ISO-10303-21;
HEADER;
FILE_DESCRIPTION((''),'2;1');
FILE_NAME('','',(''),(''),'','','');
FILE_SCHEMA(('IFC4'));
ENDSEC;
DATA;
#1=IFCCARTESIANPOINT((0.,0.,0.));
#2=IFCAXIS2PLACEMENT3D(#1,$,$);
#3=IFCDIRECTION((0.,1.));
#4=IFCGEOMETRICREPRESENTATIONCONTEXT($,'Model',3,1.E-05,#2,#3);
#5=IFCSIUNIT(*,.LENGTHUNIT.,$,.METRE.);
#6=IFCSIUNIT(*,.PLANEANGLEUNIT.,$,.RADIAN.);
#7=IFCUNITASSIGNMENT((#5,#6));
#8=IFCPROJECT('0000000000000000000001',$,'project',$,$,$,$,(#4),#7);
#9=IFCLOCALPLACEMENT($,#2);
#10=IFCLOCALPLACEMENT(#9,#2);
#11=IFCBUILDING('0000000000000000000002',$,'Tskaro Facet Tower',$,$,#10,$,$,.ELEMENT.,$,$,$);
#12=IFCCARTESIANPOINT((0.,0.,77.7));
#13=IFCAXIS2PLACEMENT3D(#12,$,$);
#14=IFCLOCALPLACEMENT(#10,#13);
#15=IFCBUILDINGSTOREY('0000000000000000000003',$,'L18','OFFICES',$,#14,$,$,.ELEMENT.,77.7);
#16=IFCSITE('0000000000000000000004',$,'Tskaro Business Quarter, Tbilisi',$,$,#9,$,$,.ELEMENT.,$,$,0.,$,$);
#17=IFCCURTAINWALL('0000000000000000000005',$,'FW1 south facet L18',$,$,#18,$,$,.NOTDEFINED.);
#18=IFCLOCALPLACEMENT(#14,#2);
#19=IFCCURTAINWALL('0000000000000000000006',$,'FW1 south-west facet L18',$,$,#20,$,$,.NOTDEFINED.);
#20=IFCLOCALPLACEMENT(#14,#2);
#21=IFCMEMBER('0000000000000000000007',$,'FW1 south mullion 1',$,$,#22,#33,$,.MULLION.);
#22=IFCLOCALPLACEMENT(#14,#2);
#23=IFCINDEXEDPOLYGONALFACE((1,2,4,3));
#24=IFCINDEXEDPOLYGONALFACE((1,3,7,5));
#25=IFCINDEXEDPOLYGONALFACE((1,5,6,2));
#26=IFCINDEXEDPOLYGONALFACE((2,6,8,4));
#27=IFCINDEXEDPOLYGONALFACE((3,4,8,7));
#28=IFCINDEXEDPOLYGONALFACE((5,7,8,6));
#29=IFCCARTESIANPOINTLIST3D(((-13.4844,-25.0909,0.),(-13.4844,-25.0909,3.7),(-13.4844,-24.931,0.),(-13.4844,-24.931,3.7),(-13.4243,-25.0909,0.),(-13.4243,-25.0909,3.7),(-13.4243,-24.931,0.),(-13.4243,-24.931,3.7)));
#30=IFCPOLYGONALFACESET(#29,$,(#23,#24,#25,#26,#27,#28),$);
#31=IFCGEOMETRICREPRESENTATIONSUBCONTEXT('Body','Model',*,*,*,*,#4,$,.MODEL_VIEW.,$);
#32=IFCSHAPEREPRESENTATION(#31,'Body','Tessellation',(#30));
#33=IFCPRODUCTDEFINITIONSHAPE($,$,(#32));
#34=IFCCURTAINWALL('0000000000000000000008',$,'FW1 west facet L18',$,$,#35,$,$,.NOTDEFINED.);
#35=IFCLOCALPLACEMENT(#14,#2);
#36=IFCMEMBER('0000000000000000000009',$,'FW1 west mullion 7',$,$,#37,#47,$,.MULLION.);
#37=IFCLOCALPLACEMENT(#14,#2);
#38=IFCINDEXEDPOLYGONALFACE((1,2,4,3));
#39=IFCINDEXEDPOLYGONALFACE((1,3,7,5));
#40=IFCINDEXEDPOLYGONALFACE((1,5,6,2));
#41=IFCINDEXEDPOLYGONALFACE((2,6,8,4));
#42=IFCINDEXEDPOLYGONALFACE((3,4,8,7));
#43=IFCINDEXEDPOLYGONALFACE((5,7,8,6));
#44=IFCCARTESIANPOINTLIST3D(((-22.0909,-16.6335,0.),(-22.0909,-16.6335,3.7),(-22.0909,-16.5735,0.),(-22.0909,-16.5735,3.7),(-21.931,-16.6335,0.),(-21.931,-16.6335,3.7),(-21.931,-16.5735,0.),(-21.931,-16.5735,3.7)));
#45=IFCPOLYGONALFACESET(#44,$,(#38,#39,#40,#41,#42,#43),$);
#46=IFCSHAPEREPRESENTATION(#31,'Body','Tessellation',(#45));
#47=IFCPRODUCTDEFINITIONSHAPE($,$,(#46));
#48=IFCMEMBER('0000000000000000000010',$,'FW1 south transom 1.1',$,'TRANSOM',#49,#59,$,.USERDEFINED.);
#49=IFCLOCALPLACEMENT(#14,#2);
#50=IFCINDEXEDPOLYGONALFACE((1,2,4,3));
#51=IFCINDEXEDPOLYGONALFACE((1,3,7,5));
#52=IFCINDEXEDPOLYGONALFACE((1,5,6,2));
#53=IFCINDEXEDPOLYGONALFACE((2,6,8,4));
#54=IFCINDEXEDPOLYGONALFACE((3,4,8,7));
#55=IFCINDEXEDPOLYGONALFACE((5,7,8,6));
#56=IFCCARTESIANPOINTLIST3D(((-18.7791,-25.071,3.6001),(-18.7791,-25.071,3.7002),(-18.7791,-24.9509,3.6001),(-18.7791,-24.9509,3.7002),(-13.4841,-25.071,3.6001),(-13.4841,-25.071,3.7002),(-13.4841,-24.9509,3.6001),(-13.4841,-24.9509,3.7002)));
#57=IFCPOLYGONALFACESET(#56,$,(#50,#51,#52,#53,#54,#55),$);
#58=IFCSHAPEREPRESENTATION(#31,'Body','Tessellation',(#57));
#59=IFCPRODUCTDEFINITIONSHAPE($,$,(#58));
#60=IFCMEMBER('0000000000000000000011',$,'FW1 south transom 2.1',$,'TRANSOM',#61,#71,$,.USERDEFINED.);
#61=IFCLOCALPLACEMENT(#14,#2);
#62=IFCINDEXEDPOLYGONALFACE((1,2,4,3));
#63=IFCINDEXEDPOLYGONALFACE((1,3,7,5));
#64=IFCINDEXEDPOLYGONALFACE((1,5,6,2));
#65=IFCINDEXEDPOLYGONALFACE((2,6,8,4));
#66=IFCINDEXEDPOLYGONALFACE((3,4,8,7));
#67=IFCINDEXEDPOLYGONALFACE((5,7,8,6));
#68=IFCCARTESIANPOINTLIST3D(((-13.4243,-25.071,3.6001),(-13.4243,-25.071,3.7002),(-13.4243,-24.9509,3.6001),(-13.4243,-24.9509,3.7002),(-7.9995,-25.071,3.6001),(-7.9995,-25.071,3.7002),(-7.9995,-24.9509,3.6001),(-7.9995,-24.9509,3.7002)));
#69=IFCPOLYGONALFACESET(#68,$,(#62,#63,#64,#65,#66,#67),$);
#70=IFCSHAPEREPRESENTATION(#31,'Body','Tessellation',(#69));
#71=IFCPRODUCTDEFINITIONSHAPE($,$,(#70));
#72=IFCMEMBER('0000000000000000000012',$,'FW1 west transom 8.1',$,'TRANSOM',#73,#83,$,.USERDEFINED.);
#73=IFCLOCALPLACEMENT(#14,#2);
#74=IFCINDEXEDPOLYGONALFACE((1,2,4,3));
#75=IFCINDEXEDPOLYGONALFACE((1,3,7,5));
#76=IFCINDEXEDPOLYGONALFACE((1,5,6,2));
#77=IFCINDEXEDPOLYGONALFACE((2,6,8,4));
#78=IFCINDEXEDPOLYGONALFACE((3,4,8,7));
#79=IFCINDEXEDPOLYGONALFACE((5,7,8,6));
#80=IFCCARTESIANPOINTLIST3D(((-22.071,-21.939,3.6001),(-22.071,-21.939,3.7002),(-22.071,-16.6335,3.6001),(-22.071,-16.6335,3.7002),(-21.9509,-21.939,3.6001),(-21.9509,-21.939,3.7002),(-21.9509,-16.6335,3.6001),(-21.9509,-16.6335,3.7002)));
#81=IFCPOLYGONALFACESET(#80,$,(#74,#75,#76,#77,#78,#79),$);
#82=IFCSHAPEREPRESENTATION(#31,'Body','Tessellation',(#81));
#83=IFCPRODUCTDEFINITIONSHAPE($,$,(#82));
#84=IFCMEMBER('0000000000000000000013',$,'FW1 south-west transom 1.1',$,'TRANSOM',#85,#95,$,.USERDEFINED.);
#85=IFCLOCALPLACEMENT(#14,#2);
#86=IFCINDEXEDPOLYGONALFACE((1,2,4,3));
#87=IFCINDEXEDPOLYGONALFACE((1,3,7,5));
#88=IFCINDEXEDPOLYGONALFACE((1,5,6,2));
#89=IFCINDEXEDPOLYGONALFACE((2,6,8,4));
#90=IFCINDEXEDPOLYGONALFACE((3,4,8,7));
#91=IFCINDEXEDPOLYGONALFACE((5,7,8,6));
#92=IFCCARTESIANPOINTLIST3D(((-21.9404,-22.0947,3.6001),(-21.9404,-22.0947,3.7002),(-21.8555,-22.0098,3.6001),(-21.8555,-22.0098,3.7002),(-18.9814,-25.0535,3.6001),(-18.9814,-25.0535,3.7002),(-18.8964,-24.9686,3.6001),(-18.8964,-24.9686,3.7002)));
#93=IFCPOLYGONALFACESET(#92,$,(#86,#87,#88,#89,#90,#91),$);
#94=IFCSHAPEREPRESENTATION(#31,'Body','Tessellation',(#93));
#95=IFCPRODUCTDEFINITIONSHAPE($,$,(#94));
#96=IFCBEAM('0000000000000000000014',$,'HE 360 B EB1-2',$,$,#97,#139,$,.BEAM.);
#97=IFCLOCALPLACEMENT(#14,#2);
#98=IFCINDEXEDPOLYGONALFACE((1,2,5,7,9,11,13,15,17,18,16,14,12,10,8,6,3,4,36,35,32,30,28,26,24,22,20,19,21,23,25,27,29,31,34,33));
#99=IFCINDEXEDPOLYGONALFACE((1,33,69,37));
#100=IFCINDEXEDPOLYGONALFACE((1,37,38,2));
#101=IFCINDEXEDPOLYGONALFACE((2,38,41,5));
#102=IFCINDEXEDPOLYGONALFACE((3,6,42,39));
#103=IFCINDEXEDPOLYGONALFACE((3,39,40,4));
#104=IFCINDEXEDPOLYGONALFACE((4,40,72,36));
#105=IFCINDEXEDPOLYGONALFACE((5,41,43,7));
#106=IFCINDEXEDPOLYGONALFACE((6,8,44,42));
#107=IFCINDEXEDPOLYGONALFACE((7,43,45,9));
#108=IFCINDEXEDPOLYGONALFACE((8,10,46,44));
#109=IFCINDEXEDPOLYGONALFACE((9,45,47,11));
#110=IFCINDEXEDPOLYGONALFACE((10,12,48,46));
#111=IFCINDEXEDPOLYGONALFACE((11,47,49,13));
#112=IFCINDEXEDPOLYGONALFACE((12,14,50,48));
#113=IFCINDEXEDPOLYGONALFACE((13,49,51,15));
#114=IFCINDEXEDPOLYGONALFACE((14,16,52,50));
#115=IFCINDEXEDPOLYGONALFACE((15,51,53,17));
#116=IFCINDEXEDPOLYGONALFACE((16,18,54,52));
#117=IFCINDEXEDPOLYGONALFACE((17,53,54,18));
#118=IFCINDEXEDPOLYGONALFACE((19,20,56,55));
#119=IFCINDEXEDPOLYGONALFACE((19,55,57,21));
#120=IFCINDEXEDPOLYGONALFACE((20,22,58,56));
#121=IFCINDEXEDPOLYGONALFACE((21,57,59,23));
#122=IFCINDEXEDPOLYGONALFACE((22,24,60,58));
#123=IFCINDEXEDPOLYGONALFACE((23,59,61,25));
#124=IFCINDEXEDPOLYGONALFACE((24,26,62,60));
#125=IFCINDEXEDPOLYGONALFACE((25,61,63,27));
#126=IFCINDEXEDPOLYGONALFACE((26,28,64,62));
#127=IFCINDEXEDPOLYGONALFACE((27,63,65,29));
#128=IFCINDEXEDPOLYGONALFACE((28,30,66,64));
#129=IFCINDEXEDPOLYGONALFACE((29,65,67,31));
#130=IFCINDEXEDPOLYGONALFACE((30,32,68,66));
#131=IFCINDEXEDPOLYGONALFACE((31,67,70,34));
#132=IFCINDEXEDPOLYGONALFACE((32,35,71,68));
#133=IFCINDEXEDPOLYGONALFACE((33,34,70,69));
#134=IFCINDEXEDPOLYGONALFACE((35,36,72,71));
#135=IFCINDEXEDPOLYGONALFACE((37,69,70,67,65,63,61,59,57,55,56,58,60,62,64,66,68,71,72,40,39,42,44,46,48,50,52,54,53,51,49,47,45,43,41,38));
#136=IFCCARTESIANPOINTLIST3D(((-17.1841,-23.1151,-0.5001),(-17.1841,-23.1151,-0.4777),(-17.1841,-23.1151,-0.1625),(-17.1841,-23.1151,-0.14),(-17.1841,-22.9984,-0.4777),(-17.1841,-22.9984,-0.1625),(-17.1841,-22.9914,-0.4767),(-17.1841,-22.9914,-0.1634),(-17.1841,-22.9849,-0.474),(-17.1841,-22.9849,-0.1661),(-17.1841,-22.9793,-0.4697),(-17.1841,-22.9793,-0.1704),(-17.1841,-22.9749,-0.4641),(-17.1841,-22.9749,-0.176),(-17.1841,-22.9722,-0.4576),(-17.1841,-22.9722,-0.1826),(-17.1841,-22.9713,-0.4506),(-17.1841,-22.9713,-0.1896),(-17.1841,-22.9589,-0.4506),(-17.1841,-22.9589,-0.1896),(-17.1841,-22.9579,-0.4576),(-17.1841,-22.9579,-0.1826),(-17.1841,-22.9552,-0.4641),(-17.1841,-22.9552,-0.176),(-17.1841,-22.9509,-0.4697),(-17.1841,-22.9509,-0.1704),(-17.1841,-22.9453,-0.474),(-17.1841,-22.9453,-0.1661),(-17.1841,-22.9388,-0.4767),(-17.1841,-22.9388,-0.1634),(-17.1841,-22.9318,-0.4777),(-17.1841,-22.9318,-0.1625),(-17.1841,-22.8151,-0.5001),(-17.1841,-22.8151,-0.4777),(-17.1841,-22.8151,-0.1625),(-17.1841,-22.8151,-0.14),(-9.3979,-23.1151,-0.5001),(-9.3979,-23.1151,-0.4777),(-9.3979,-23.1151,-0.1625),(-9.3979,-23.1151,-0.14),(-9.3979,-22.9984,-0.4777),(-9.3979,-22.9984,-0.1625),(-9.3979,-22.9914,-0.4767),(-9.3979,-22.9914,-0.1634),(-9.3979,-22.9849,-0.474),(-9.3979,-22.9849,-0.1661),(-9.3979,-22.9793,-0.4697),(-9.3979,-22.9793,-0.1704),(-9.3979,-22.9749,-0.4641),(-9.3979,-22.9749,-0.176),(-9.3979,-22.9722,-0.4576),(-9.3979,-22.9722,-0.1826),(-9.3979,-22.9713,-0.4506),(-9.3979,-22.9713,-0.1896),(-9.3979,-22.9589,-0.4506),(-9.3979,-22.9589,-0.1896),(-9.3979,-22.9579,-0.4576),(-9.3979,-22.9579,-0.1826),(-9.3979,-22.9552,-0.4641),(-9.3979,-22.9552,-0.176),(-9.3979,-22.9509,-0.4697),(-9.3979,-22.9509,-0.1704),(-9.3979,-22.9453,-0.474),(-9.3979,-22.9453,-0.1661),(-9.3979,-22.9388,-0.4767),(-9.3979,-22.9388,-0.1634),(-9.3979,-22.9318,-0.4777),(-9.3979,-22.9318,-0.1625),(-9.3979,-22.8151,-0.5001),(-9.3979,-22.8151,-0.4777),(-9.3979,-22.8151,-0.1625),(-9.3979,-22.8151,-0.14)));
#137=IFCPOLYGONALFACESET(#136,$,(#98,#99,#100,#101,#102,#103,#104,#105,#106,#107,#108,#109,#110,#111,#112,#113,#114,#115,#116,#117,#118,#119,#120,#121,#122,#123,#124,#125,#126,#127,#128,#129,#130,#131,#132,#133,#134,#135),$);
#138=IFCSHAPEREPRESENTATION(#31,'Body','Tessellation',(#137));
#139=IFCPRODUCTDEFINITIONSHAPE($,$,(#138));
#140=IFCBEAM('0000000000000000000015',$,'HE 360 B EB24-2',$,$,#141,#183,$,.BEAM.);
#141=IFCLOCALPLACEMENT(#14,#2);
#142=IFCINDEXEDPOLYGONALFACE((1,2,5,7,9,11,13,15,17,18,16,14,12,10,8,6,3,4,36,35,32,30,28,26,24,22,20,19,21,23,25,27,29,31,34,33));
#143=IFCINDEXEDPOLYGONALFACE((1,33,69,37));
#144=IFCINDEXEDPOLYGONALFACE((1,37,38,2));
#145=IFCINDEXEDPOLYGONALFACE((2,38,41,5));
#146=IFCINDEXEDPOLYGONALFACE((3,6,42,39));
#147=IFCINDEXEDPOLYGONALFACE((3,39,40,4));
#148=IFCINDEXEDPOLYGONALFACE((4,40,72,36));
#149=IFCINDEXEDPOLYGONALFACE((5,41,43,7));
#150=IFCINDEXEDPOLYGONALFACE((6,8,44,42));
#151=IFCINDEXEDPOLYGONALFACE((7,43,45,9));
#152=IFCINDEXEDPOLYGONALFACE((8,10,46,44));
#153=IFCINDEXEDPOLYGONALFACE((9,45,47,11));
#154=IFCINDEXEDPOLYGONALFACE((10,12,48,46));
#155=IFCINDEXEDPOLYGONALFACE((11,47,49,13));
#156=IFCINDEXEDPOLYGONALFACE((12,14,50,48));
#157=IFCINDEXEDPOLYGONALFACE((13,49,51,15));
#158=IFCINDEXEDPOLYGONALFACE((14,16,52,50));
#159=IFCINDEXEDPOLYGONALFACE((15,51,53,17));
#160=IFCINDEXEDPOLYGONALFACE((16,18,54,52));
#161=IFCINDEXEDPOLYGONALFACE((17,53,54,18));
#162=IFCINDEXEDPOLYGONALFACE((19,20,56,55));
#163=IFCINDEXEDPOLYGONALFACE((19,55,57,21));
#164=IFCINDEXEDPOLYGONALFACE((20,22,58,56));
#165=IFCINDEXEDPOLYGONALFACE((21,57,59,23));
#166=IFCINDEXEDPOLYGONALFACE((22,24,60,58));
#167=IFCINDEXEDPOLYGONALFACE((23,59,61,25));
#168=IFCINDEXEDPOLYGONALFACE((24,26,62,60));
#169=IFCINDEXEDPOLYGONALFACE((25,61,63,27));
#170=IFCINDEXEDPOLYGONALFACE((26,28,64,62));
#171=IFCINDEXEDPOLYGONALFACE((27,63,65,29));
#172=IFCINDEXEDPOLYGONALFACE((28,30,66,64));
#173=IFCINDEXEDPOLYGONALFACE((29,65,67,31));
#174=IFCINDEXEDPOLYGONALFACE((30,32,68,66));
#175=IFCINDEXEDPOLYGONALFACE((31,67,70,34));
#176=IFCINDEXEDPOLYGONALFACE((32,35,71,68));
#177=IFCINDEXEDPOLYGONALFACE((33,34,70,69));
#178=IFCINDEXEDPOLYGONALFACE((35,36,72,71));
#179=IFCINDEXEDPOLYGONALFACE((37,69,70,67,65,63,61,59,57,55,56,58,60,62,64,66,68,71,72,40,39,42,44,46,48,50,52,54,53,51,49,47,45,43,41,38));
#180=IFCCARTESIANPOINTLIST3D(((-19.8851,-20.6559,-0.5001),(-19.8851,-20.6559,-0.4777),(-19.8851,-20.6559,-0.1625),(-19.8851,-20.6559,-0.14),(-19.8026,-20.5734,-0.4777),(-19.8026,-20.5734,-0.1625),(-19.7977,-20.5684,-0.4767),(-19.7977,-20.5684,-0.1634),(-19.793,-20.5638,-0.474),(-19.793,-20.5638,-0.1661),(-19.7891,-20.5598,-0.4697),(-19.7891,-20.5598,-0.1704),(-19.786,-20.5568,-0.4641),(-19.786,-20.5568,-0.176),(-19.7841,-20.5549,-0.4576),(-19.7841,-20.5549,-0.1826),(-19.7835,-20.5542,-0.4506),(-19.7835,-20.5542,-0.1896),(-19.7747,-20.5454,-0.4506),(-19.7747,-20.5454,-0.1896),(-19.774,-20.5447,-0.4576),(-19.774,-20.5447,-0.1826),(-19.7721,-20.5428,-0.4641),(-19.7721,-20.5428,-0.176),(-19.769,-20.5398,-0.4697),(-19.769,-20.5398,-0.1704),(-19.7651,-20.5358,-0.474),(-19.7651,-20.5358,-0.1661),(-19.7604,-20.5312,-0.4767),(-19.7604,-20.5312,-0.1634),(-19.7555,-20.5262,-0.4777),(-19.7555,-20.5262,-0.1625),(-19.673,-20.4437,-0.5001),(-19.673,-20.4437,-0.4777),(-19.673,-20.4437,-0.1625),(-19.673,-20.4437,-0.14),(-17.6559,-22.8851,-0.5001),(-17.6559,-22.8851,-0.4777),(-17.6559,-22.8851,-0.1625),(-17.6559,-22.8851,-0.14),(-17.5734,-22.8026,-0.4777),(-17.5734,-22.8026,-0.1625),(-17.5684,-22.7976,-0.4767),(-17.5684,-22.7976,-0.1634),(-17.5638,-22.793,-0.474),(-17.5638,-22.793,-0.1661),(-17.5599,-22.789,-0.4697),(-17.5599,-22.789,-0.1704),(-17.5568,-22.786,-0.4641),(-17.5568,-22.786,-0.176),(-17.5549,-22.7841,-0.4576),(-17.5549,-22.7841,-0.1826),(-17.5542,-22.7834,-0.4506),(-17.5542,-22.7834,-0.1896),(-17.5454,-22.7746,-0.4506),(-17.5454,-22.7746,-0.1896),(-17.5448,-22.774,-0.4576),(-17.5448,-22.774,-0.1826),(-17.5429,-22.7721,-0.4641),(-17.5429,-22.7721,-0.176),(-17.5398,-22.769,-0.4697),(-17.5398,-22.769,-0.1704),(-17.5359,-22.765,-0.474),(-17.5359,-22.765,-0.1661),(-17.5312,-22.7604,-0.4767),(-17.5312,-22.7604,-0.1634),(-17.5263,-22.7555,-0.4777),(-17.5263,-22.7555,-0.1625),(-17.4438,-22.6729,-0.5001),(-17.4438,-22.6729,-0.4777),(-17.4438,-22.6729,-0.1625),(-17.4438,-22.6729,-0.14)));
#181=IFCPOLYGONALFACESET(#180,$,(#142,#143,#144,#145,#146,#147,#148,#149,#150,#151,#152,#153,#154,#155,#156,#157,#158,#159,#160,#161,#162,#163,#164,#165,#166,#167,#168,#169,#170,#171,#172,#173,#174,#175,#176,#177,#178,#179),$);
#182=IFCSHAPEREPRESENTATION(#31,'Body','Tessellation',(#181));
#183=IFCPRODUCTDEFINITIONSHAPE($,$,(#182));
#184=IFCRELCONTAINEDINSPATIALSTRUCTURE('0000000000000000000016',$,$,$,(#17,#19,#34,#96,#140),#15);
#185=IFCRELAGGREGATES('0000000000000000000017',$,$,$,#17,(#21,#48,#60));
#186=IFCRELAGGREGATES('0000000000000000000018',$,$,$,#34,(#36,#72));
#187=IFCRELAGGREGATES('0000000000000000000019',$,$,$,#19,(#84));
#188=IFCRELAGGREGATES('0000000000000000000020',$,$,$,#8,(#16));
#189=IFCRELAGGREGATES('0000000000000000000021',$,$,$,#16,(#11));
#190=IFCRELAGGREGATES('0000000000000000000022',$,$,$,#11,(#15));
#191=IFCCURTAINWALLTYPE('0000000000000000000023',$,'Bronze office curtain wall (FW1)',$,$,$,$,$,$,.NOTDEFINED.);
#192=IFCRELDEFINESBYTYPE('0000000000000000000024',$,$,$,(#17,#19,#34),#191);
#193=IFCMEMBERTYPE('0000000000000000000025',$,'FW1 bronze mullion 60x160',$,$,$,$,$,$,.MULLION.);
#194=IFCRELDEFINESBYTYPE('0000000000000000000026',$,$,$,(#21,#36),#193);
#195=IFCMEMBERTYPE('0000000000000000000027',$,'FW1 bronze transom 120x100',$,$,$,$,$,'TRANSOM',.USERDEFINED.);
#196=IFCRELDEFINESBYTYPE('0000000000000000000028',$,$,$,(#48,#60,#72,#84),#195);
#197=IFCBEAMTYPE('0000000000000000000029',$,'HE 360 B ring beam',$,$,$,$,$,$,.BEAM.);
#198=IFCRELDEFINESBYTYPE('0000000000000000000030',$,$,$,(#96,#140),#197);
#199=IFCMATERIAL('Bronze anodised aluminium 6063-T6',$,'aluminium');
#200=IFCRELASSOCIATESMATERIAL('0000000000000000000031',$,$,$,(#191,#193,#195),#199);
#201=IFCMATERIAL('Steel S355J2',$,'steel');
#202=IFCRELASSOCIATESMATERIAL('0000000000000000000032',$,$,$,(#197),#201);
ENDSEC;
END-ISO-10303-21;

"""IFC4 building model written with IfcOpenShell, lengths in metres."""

from ifc_helpers import new_model, si_unit, direction, frame, origin, origin_2d, place, context, subcontext, project, spatial, rectangle, i_section, extrude, material, material_profile, profile_set, type_object, element, aggregate, save


model = new_model("IFC4")

# Units and contexts
model_context = context("Model", 3, precision=1e-05, world=origin(), true_north=direction((0.0, 1.0)))
body_context = subcontext(model_context, "Body", "Model", "MODEL_VIEW")
ifc_project = project(units=[si_unit("LENGTHUNIT", "METRE"), si_unit("PLANEANGLEUNIT", "RADIAN")], contexts=[model_context])

# Site, building, storey
site_placement = place(None, origin())
site = spatial("IfcSite", under=ifc_project, at=site_placement, Name="Tskaro Business Quarter, Tbilisi", CompositionType="ELEMENT", RefElevation=0.0)
building_placement = place(site_placement, origin())
building = spatial("IfcBuilding", under=site, at=building_placement, Name="Tskaro Facet Tower", CompositionType="ELEMENT")
storey_placement = place(building_placement, frame((0.0, 0.0, 77.7)))
storey = spatial("IfcBuildingStorey", under=building, at=storey_placement, Name="L18", Description="OFFICES", CompositionType="ELEMENT", Elevation=77.7)

# Curtain walls
ifc_material_1 = material(Name="Bronze anodised aluminium 6063-T6", Category="aluminium")
curtain_wall_type = type_object("IfcCurtainWallType", Name="Bronze office curtain wall (FW1)", PredefinedType="NOTDEFINED", material=ifc_material_1)
curtain_wall_1_placement = place(storey_placement, origin())
curtain_wall_1 = element("IfcCurtainWall", 1, at=curtain_wall_1_placement, inside=storey, type_object=curtain_wall_type, Name="FW1 south facet L18", PredefinedType="NOTDEFINED")
curtain_wall_2_placement = place(storey_placement, origin())
curtain_wall_2 = element("IfcCurtainWall", 2, at=curtain_wall_2_placement, inside=storey, type_object=curtain_wall_type, Name="FW1 south-west facet L18", PredefinedType="NOTDEFINED")

# Member
ifc_material_profile_1 = material_profile(ifc_material_1, rectangle(XDim=0.0601, YDim=0.1599, at=origin_2d()), Name="Mullion 60x160")
ifc_profile_set_1 = profile_set([ifc_material_profile_1], Name="Bronze anodised aluminium 6063-T6")
member_type_1 = type_object("IfcMemberType", Name="FW1 bronze mullion 60x160", PredefinedType="MULLION", material=ifc_profile_set_1)
member_1_placement = place(storey_placement, frame((-13.4543, -25.011, 0.0), z_axis=(0.0, 0.0, 1.0), x_axis=(1.0, 0.0, 0.0)))
member_1 = element("IfcMember", 3, at=member_1_placement, type_object=member_type_1, Name="FW1 south mullion 1", PredefinedType="MULLION", context=body_context, shape_type="SweptSolid", body=[
    extrude(rectangle(XDim=0.0601, YDim=0.1599, at=origin_2d()), origin(), (0.0, 0.0, 1.0), 3.7),
])

# Curtain wall, member
curtain_wall_3_placement = place(storey_placement, origin())
curtain_wall_3 = element("IfcCurtainWall", 4, at=curtain_wall_3_placement, inside=storey, type_object=curtain_wall_type, Name="FW1 west facet L18", PredefinedType="NOTDEFINED")
member_2_placement = place(storey_placement, frame((-22.011, -16.6035, 0.0), z_axis=(0.0, 0.0, 1.0), x_axis=(0.0, -1.0, 0.0)))
member_2 = element("IfcMember", 5, at=member_2_placement, type_object=member_type_1, Name="FW1 west mullion 7", PredefinedType="MULLION", context=body_context, shape_type="SweptSolid", body=[
    extrude(rectangle(XDim=0.0601, YDim=0.1599, at=origin_2d()), origin(), (0.0, 0.0, 1.0), 3.7),
])

# Members
ifc_material_profile_2 = material_profile(ifc_material_1, rectangle(XDim=0.1201, YDim=0.1001, at=origin_2d()), Name="Transom 120x100")
ifc_profile_set_2 = profile_set([ifc_material_profile_2], Name="Bronze anodised aluminium 6063-T6")
member_type_2 = type_object("IfcMemberType", Name="FW1 bronze transom 120x100", ElementType="TRANSOM", PredefinedType="USERDEFINED", material=ifc_profile_set_2)
member_3_placement = place(storey_placement, frame((-18.7791, -25.011, 3.6501), z_axis=(1.0, 0.0, 0.0), x_axis=(0.0, 1.0, 0.0)))
member_3 = element("IfcMember", 6, at=member_3_placement, type_object=member_type_2, Name="FW1 south transom 1.1", ObjectType="TRANSOM", PredefinedType="USERDEFINED", context=body_context, shape_type="SweptSolid", body=[
    extrude(rectangle(XDim=0.1201, YDim=0.1001, at=origin_2d()), origin(), (0.0, 0.0, 1.0), 5.2949),
])
member_4_placement = place(storey_placement, frame((-13.4243, -25.011, 3.6501), z_axis=(1.0, 0.0, 0.0), x_axis=(0.0, 1.0, 0.0)))
member_4 = element("IfcMember", 7, at=member_4_placement, type_object=member_type_2, Name="FW1 south transom 2.1", ObjectType="TRANSOM", PredefinedType="USERDEFINED", context=body_context, shape_type="SweptSolid", body=[
    extrude(rectangle(XDim=0.1201, YDim=0.1001, at=origin_2d()), origin(), (0.0, 0.0, 1.0), 5.4248),
])
member_5_placement = place(storey_placement, frame((-22.011, -16.6335, 3.6501), z_axis=(0.0, -1.0, 0.0), x_axis=(1.0, 0.0, 0.0)))
member_5 = element("IfcMember", 8, at=member_5_placement, type_object=member_type_2, Name="FW1 west transom 8.1", ObjectType="TRANSOM", PredefinedType="USERDEFINED", context=body_context, shape_type="SweptSolid", body=[
    extrude(rectangle(XDim=0.1201, YDim=0.1001, at=origin_2d()), origin(), (0.0, 0.0, 1.0), 5.3054),
])
member_6_placement = place(storey_placement, frame((-21.8979, -22.0522, 3.6501), z_axis=(0.707136, -0.707078, 0.0), x_axis=(0.707078, 0.707136, 0.0)))
member_6 = element("IfcMember", 9, at=member_6_placement, type_object=member_type_2, Name="FW1 south-west transom 1.1", ObjectType="TRANSOM", PredefinedType="USERDEFINED", context=body_context, shape_type="SweptSolid", body=[
    extrude(rectangle(XDim=0.1201, YDim=0.1001, at=origin_2d()), origin(), (0.0, 0.0, 1.0), 4.1846),
])

# Beams
ifc_material_2 = material(Name="Steel S355J2", Category="steel")
ifc_material_profile_3 = material_profile(ifc_material_2, i_section(OverallWidth=0.3, OverallDepth=0.3601, WebThickness=0.0125, FlangeThickness=0.0225, FilletRadius=0.0271, at=origin_2d()), Name="HE 360 B")
ifc_profile_set_3 = profile_set([ifc_material_profile_3], Name="Steel S355J2")
beam_type_1 = type_object("IfcBeamType", Name="HE 360 B ring beam", PredefinedType="BEAM", material=ifc_profile_set_3)
beam_1_placement = place(storey_placement, frame((-17.1841, -22.9651, -0.3201), z_axis=(1.0, 0.0, 0.0), x_axis=(0.0, 1.0, 0.0)))
element("IfcBeam", 10, at=beam_1_placement, inside=storey, type_object=beam_type_1, Name="HE 360 B EB1-2", PredefinedType="BEAM", context=body_context, shape_type="SweptSolid", body=[
    extrude(i_section(OverallWidth=0.3, OverallDepth=0.3601, WebThickness=0.0125, FlangeThickness=0.0225, FilletRadius=0.0271, at=origin_2d()), origin(), (0.0, 0.0, 1.0), 7.7861),
])
beam_2_placement = place(storey_placement, frame((-19.7791, -20.5498, -0.3201), z_axis=(0.707107, -0.707107, 0.0), x_axis=(0.707107, 0.707107, 0.0)))
element("IfcBeam", 11, at=beam_2_placement, inside=storey, type_object=beam_type_1, Name="HE 360 B EB24-2", PredefinedType="BEAM", context=body_context, shape_type="SweptSolid", body=[
    extrude(i_section(OverallWidth=0.3, OverallDepth=0.3601, WebThickness=0.0125, FlangeThickness=0.0225, FilletRadius=0.0271, at=origin_2d()), origin(), (0.0, 0.0, 1.0), 3.1526),
])

aggregate(curtain_wall_1, [member_1, member_3, member_4])
aggregate(curtain_wall_3, [member_2, member_5])
aggregate(curtain_wall_2, [member_6])

save(model, "model.ifc")
